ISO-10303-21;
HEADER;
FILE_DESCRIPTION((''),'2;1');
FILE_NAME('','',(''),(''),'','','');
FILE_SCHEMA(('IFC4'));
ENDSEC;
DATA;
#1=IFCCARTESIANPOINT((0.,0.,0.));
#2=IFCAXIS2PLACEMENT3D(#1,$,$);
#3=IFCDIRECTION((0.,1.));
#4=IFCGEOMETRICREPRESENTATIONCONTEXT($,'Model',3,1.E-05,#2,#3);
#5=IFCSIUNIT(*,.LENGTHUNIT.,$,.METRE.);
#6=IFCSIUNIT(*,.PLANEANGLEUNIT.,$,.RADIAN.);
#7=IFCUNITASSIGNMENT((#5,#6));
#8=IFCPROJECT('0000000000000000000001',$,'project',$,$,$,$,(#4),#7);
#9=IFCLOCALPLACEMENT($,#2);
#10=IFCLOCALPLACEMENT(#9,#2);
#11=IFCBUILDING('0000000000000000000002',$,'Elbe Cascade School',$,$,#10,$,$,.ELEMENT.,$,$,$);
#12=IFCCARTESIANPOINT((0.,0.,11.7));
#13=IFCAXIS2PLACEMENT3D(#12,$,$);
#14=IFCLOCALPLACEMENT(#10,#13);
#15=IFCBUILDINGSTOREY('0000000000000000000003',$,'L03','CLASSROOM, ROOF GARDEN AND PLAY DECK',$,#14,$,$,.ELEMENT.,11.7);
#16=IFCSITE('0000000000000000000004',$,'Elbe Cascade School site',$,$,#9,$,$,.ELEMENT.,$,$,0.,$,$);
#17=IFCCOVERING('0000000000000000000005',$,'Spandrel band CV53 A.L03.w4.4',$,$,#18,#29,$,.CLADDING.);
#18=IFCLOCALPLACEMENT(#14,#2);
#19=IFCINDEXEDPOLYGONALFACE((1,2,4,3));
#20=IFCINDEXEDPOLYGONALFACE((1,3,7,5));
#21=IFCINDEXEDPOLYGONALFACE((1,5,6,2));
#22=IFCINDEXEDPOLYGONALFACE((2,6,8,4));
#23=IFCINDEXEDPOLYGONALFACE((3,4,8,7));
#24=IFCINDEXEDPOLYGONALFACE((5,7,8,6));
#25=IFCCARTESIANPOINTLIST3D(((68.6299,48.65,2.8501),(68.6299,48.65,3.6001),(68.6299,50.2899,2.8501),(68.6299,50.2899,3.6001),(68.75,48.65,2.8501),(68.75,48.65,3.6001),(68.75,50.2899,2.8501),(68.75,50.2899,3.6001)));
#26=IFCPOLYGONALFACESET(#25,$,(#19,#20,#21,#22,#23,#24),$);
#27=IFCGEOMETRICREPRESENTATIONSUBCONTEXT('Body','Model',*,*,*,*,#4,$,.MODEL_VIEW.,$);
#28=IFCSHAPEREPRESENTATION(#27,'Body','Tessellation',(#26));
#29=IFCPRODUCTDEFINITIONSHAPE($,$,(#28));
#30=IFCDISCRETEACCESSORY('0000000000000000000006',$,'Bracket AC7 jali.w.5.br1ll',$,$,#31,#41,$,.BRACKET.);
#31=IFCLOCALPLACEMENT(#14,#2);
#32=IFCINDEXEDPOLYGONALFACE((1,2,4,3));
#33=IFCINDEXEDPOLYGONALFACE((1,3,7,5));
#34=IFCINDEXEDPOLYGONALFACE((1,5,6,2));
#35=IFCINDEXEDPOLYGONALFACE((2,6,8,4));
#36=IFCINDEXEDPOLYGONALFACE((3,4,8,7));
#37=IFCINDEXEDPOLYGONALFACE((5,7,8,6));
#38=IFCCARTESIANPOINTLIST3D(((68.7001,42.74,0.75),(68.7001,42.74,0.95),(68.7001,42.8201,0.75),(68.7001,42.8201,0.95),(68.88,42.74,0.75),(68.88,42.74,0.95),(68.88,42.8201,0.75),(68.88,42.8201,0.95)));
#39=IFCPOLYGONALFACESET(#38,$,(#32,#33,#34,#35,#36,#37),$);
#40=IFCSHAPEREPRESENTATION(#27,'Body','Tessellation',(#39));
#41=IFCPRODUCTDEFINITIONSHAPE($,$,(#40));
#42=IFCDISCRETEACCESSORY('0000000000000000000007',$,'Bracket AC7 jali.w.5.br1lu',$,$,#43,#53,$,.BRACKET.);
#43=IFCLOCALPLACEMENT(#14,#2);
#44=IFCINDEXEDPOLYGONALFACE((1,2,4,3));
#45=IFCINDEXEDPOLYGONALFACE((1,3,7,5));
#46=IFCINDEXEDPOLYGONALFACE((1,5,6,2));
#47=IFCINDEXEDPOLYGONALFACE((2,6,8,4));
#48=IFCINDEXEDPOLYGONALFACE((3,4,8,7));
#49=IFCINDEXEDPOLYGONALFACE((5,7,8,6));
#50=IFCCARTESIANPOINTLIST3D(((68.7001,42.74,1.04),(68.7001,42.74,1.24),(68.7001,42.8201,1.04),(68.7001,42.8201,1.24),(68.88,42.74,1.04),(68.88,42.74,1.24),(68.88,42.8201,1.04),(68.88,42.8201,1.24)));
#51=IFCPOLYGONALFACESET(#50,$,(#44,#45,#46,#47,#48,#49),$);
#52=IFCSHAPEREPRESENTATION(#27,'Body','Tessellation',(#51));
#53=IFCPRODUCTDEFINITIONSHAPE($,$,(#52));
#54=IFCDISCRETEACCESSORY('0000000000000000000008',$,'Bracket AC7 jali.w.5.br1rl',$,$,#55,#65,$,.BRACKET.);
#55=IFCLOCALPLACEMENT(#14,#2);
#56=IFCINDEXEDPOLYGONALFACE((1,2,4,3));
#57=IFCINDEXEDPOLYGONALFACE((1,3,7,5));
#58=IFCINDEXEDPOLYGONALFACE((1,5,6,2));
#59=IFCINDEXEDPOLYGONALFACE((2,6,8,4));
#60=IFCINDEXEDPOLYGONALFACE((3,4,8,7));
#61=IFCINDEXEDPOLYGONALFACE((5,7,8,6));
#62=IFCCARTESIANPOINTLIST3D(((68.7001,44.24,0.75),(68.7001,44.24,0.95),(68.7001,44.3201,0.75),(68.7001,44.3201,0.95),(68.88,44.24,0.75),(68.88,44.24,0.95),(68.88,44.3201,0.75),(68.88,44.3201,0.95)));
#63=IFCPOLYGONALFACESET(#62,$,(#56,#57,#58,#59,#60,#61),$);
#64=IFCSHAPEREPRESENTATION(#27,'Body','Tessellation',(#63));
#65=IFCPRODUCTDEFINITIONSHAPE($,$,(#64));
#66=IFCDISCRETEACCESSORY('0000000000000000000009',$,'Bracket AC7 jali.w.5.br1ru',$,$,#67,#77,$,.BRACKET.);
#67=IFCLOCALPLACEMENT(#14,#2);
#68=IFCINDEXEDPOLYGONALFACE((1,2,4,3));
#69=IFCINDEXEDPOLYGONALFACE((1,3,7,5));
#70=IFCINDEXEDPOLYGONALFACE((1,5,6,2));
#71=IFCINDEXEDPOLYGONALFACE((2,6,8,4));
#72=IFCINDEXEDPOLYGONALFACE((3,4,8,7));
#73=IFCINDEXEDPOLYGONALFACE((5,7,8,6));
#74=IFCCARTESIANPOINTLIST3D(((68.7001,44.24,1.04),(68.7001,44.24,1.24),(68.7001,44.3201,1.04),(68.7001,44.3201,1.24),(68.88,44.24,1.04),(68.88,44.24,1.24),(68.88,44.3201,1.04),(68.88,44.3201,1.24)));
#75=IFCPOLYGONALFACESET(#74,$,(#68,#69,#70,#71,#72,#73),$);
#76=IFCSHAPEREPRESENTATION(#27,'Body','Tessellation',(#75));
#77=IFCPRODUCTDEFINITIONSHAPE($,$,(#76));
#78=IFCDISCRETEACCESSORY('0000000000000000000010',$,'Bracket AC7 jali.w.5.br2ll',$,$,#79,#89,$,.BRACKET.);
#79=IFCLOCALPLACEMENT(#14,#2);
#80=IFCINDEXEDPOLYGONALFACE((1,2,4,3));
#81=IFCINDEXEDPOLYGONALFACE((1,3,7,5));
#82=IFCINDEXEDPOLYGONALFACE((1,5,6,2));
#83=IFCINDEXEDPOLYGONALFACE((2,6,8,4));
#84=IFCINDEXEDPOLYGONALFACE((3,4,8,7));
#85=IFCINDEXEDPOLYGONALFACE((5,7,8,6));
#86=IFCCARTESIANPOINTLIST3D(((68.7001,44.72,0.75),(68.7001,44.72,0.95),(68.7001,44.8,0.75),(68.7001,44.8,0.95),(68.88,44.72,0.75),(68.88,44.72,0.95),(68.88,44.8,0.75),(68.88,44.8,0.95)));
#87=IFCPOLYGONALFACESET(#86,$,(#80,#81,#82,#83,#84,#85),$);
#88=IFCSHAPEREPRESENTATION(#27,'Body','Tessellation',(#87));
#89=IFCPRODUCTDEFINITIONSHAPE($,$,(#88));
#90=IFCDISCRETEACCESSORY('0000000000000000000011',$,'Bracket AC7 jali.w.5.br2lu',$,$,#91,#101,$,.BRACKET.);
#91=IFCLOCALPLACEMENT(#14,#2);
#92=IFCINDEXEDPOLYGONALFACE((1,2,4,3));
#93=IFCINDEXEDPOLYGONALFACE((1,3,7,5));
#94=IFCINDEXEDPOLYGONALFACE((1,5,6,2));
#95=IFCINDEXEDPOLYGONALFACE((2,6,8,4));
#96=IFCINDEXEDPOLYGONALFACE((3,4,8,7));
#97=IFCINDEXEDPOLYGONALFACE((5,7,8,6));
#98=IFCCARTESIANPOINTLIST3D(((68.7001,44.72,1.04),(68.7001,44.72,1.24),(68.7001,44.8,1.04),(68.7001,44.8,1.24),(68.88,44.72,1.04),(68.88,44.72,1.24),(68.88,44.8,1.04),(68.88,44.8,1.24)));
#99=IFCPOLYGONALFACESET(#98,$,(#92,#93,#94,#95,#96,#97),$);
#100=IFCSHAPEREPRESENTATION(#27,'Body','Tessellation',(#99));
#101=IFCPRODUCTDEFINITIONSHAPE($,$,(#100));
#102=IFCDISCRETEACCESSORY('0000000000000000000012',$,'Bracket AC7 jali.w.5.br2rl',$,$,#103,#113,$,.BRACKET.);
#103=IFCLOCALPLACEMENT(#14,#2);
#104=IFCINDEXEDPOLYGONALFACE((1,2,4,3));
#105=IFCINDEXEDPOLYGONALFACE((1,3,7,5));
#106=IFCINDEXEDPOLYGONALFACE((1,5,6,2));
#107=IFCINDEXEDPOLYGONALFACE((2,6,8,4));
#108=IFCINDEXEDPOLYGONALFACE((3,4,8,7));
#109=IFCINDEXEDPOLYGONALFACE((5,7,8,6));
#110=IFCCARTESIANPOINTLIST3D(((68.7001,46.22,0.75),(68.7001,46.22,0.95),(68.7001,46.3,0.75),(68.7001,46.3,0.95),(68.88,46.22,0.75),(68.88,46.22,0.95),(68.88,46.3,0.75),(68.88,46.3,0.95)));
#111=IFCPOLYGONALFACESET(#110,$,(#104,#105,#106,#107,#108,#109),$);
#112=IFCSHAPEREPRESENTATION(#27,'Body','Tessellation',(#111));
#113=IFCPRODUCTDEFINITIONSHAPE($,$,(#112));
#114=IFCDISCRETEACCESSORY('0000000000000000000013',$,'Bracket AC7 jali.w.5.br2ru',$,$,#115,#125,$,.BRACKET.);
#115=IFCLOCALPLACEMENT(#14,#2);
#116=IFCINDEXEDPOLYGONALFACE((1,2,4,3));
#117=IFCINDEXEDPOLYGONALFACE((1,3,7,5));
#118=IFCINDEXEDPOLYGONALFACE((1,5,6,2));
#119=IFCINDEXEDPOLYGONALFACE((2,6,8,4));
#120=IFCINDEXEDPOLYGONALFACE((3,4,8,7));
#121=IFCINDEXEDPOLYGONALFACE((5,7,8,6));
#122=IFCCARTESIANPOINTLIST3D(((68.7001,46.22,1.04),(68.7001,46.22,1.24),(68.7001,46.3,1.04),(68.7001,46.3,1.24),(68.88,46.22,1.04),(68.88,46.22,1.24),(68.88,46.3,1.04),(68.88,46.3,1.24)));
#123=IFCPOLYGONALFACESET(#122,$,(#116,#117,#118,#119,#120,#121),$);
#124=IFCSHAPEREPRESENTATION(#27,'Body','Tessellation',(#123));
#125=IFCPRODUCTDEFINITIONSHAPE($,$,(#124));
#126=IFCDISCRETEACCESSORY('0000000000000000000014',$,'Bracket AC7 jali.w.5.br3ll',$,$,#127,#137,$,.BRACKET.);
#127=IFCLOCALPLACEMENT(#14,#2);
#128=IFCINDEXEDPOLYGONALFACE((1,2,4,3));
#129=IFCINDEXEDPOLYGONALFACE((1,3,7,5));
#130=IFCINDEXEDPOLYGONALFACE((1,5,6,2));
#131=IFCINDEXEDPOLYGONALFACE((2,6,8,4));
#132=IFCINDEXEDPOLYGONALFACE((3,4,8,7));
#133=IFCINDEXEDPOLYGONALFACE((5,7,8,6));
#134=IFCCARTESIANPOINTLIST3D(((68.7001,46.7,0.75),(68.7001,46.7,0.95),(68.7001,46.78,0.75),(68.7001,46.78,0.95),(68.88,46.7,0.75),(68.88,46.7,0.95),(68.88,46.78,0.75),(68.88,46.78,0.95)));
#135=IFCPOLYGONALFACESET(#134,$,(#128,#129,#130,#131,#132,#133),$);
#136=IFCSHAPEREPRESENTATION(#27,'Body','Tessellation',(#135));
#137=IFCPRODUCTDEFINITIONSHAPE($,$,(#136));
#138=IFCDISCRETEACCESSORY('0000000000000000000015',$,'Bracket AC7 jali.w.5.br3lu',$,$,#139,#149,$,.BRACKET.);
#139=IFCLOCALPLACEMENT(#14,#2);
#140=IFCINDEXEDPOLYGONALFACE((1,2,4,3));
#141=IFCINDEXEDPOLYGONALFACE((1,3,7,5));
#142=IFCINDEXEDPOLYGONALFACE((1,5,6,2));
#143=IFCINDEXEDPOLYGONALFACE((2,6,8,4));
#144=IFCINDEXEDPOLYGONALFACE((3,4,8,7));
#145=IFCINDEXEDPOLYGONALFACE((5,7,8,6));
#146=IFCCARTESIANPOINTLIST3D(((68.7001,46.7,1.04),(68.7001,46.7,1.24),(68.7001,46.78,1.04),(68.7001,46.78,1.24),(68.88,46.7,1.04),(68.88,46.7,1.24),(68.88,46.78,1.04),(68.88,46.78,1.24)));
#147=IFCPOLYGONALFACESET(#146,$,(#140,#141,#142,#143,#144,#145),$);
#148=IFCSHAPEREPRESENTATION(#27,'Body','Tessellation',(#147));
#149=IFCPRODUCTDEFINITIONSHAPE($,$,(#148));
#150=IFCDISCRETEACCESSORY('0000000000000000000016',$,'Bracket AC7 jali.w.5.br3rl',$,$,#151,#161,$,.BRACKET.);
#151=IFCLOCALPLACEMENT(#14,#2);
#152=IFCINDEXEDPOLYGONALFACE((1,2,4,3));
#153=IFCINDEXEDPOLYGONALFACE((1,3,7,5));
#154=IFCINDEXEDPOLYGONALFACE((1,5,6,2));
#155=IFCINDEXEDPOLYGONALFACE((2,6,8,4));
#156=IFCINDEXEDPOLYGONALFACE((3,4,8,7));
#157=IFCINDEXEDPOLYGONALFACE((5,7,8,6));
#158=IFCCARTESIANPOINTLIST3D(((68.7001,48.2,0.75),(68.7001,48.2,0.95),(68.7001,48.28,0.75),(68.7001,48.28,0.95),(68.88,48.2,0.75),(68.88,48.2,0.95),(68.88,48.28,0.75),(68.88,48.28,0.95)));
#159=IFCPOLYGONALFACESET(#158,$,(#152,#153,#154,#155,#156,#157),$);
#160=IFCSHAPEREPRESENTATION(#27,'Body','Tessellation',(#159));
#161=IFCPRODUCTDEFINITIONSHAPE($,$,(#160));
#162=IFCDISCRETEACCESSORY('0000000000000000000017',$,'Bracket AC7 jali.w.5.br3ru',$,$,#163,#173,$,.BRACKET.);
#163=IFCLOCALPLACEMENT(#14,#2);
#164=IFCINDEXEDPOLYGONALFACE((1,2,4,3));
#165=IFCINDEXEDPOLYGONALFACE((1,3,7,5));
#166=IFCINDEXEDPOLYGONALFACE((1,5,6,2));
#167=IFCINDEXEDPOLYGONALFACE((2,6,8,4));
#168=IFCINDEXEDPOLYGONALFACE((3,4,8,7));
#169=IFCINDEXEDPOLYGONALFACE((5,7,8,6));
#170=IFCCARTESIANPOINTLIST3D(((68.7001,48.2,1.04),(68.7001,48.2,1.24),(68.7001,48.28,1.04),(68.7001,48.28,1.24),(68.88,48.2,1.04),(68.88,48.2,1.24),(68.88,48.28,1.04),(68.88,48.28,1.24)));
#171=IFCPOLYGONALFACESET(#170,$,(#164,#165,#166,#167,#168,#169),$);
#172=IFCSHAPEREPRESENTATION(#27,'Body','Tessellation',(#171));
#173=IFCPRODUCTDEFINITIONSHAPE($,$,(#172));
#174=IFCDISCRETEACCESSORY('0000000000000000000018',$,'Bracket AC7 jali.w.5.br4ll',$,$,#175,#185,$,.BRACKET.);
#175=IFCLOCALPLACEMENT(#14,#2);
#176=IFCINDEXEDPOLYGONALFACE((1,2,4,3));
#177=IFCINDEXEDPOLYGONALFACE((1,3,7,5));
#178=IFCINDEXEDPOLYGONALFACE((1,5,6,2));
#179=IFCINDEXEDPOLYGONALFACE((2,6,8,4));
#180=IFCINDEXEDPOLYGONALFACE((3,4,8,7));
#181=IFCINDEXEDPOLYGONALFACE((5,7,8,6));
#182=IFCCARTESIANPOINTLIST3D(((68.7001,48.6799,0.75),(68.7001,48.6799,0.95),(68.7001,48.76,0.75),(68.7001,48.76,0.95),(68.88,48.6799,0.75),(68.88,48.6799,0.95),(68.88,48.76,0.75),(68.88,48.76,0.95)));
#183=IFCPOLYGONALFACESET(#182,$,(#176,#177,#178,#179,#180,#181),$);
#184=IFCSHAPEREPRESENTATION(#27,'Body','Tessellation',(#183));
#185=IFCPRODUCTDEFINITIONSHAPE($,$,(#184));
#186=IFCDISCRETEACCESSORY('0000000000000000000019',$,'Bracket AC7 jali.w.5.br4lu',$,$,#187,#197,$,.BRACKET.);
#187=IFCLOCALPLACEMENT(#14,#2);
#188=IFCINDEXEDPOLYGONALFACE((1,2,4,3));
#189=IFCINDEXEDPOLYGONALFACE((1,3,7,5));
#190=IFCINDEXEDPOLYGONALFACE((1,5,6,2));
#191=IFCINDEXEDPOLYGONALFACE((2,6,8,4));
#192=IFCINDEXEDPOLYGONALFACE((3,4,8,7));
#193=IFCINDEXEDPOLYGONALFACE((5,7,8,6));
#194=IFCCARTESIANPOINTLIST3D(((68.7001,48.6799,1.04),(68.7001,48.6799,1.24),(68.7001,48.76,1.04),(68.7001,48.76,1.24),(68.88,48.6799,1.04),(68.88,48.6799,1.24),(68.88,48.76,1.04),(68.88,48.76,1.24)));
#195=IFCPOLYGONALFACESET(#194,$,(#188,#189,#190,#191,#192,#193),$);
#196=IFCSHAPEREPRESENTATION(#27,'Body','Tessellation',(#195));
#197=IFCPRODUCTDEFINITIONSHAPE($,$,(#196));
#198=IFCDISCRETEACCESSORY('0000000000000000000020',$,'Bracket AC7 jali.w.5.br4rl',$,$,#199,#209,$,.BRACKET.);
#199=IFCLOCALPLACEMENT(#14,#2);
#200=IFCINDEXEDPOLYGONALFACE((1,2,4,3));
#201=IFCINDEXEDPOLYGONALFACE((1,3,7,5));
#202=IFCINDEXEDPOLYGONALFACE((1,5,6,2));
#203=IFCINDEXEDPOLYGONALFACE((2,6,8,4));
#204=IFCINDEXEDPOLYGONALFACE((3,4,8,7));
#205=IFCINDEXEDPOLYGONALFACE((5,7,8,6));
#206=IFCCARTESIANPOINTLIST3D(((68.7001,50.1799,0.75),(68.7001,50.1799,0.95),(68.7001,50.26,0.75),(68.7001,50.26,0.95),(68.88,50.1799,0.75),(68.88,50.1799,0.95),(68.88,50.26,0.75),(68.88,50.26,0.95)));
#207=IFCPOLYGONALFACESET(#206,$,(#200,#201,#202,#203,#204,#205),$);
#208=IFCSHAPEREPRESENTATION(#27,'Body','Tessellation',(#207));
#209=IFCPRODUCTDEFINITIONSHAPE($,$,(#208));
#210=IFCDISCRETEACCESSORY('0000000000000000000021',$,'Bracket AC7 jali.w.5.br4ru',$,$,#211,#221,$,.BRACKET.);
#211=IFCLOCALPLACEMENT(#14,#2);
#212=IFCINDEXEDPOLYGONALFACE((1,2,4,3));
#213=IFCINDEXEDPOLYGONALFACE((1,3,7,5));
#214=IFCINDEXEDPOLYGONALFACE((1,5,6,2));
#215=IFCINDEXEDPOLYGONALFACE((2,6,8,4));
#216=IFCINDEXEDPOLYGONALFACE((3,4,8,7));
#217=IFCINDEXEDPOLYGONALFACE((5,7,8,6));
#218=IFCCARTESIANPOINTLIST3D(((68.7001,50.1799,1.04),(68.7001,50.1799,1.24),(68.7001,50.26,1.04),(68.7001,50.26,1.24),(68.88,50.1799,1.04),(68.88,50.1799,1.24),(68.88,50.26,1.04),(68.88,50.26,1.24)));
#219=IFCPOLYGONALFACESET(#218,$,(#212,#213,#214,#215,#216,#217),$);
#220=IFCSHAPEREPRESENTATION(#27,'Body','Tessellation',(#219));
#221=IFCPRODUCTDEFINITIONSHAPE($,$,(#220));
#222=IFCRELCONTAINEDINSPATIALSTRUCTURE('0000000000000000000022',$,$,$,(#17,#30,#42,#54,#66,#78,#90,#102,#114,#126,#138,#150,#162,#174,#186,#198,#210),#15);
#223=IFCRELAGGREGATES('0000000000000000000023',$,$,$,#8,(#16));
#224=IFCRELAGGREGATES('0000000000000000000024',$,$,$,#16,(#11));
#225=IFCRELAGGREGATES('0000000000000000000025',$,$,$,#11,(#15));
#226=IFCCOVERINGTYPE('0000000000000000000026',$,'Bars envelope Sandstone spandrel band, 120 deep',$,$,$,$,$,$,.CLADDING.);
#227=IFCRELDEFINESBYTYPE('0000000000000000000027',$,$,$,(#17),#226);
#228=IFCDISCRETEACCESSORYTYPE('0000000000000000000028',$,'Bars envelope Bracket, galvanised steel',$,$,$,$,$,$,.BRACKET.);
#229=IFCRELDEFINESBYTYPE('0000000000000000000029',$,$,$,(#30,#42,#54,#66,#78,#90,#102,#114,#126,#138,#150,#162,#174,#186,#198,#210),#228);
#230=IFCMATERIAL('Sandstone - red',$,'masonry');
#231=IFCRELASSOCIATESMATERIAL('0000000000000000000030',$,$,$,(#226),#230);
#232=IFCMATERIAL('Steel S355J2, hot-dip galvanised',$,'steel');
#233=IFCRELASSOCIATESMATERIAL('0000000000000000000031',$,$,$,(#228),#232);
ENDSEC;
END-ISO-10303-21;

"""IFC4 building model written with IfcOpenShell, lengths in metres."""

from ifc_helpers import new_model, si_unit, direction, frame, origin, origin_2d, place, context, subcontext, project, spatial, rectangle, extrude, material, type_object, element, save


model = new_model("IFC4")

# Units and contexts
model_context = context("Model", 3, precision=1e-05, world=origin(), true_north=direction((0.0, 1.0)))
body_context = subcontext(model_context, "Body", "Model", "MODEL_VIEW")
ifc_project = project(units=[si_unit("LENGTHUNIT", "METRE"), si_unit("PLANEANGLEUNIT", "RADIAN")], contexts=[model_context])

# Site, building, storey
site_placement = place(None, origin())
site = spatial("IfcSite", under=ifc_project, at=site_placement, Name="Elbe Cascade School site", CompositionType="ELEMENT", RefElevation=0.0)
building_placement = place(site_placement, origin())
building = spatial("IfcBuilding", under=site, at=building_placement, Name="Elbe Cascade School", CompositionType="ELEMENT")
storey_placement = place(building_placement, frame((0.0, 0.0, 11.7)))
storey = spatial("IfcBuildingStorey", under=building, at=storey_placement, Name="L03", Description="CLASSROOM, ROOF GARDEN AND PLAY DECK", CompositionType="ELEMENT", Elevation=11.7)

# Covering
ifc_material_1 = material(Name="Sandstone - red", Category="masonry")
covering_type = type_object("IfcCoveringType", Name="Bars envelope Sandstone spandrel band, 120 deep", PredefinedType="CLADDING", material=ifc_material_1)
for number, where, z_axis, x_axis, name in (
    (1, (68.6899, 49.47, 2.8501), (0.0, 0.0, 1.0), (0.0, 1.0, 0.0), "Spandrel band CV53 A.L03.w4.4"),
):
    element("IfcCovering", number, at=place(storey_placement, frame(where, z_axis=z_axis, x_axis=x_axis)), inside=storey, type_object=covering_type, Name=name, PredefinedType="CLADDING", context=body_context, shape_type="SweptSolid", body=[
        extrude(rectangle(XDim=1.6399, YDim=0.1201, at=origin_2d()), origin(), (0.0, 0.0, 1.0), 0.75),
    ])

# Discrete accessories
ifc_material_2 = material(Name="Steel S355J2, hot-dip galvanised", Category="steel")
discrete_accessory_type = type_object("IfcDiscreteAccessoryType", Name="Bars envelope Bracket, galvanised steel", PredefinedType="BRACKET", material=ifc_material_2)
for number, where, z_axis, x_axis, name in (
    (2, (68.79, 42.78, 0.75), (0.0, 0.0, 1.0), (0.0, 1.0, 0.0), "Bracket AC7 jali.w.5.br1ll"),
    (3, (68.79, 42.78, 1.04), (0.0, 0.0, 1.0), (0.0, 1.0, 0.0), "Bracket AC7 jali.w.5.br1lu"),
    (4, (68.79, 44.28, 0.75), (0.0, 0.0, 1.0), (0.0, 1.0, 0.0), "Bracket AC7 jali.w.5.br1rl"),
    (5, (68.79, 44.28, 1.04), (0.0, 0.0, 1.0), (0.0, 1.0, 0.0), "Bracket AC7 jali.w.5.br1ru"),
    (6, (68.79, 44.76, 0.75), (0.0, 0.0, 1.0), (0.0, 1.0, 0.0), "Bracket AC7 jali.w.5.br2ll"),
    (7, (68.79, 44.76, 1.04), (0.0, 0.0, 1.0), (0.0, 1.0, 0.0), "Bracket AC7 jali.w.5.br2lu"),
    (8, (68.79, 46.26, 0.75), (0.0, 0.0, 1.0), (0.0, 1.0, 0.0), "Bracket AC7 jali.w.5.br2rl"),
    (9, (68.79, 46.26, 1.04), (0.0, 0.0, 1.0), (0.0, 1.0, 0.0), "Bracket AC7 jali.w.5.br2ru"),
    (10, (68.79, 46.74, 0.75), (0.0, 0.0, 1.0), (0.0, 1.0, 0.0), "Bracket AC7 jali.w.5.br3ll"),
    (11, (68.79, 46.74, 1.04), (0.0, 0.0, 1.0), (0.0, 1.0, 0.0), "Bracket AC7 jali.w.5.br3lu"),
    (12, (68.79, 48.24, 0.75), (0.0, 0.0, 1.0), (0.0, 1.0, 0.0), "Bracket AC7 jali.w.5.br3rl"),
    (13, (68.79, 48.24, 1.04), (0.0, 0.0, 1.0), (0.0, 1.0, 0.0), "Bracket AC7 jali.w.5.br3ru"),
    (14, (68.79, 48.72, 0.75), (0.0, 0.0, 1.0), (0.0, 1.0, 0.0), "Bracket AC7 jali.w.5.br4ll"),
    (15, (68.79, 48.72, 1.04), (0.0, 0.0, 1.0), (0.0, 1.0, 0.0), "Bracket AC7 jali.w.5.br4lu"),
    (16, (68.79, 50.22, 0.75), (0.0, 0.0, 1.0), (0.0, 1.0, 0.0), "Bracket AC7 jali.w.5.br4rl"),
    (17, (68.79, 50.22, 1.04), (0.0, 0.0, 1.0), (0.0, 1.0, 0.0), "Bracket AC7 jali.w.5.br4ru"),
):
    element("IfcDiscreteAccessory", number, at=place(storey_placement, frame(where, z_axis=z_axis, x_axis=x_axis)), inside=storey, type_object=discrete_accessory_type, Name=name, PredefinedType="BRACKET", context=body_context, shape_type="SweptSolid", body=[
        extrude(rectangle(XDim=0.0801, YDim=0.1799, at=origin_2d()), origin(), (0.0, 0.0, 1.0), 0.2),
    ])

save(model, "model.ifc")
